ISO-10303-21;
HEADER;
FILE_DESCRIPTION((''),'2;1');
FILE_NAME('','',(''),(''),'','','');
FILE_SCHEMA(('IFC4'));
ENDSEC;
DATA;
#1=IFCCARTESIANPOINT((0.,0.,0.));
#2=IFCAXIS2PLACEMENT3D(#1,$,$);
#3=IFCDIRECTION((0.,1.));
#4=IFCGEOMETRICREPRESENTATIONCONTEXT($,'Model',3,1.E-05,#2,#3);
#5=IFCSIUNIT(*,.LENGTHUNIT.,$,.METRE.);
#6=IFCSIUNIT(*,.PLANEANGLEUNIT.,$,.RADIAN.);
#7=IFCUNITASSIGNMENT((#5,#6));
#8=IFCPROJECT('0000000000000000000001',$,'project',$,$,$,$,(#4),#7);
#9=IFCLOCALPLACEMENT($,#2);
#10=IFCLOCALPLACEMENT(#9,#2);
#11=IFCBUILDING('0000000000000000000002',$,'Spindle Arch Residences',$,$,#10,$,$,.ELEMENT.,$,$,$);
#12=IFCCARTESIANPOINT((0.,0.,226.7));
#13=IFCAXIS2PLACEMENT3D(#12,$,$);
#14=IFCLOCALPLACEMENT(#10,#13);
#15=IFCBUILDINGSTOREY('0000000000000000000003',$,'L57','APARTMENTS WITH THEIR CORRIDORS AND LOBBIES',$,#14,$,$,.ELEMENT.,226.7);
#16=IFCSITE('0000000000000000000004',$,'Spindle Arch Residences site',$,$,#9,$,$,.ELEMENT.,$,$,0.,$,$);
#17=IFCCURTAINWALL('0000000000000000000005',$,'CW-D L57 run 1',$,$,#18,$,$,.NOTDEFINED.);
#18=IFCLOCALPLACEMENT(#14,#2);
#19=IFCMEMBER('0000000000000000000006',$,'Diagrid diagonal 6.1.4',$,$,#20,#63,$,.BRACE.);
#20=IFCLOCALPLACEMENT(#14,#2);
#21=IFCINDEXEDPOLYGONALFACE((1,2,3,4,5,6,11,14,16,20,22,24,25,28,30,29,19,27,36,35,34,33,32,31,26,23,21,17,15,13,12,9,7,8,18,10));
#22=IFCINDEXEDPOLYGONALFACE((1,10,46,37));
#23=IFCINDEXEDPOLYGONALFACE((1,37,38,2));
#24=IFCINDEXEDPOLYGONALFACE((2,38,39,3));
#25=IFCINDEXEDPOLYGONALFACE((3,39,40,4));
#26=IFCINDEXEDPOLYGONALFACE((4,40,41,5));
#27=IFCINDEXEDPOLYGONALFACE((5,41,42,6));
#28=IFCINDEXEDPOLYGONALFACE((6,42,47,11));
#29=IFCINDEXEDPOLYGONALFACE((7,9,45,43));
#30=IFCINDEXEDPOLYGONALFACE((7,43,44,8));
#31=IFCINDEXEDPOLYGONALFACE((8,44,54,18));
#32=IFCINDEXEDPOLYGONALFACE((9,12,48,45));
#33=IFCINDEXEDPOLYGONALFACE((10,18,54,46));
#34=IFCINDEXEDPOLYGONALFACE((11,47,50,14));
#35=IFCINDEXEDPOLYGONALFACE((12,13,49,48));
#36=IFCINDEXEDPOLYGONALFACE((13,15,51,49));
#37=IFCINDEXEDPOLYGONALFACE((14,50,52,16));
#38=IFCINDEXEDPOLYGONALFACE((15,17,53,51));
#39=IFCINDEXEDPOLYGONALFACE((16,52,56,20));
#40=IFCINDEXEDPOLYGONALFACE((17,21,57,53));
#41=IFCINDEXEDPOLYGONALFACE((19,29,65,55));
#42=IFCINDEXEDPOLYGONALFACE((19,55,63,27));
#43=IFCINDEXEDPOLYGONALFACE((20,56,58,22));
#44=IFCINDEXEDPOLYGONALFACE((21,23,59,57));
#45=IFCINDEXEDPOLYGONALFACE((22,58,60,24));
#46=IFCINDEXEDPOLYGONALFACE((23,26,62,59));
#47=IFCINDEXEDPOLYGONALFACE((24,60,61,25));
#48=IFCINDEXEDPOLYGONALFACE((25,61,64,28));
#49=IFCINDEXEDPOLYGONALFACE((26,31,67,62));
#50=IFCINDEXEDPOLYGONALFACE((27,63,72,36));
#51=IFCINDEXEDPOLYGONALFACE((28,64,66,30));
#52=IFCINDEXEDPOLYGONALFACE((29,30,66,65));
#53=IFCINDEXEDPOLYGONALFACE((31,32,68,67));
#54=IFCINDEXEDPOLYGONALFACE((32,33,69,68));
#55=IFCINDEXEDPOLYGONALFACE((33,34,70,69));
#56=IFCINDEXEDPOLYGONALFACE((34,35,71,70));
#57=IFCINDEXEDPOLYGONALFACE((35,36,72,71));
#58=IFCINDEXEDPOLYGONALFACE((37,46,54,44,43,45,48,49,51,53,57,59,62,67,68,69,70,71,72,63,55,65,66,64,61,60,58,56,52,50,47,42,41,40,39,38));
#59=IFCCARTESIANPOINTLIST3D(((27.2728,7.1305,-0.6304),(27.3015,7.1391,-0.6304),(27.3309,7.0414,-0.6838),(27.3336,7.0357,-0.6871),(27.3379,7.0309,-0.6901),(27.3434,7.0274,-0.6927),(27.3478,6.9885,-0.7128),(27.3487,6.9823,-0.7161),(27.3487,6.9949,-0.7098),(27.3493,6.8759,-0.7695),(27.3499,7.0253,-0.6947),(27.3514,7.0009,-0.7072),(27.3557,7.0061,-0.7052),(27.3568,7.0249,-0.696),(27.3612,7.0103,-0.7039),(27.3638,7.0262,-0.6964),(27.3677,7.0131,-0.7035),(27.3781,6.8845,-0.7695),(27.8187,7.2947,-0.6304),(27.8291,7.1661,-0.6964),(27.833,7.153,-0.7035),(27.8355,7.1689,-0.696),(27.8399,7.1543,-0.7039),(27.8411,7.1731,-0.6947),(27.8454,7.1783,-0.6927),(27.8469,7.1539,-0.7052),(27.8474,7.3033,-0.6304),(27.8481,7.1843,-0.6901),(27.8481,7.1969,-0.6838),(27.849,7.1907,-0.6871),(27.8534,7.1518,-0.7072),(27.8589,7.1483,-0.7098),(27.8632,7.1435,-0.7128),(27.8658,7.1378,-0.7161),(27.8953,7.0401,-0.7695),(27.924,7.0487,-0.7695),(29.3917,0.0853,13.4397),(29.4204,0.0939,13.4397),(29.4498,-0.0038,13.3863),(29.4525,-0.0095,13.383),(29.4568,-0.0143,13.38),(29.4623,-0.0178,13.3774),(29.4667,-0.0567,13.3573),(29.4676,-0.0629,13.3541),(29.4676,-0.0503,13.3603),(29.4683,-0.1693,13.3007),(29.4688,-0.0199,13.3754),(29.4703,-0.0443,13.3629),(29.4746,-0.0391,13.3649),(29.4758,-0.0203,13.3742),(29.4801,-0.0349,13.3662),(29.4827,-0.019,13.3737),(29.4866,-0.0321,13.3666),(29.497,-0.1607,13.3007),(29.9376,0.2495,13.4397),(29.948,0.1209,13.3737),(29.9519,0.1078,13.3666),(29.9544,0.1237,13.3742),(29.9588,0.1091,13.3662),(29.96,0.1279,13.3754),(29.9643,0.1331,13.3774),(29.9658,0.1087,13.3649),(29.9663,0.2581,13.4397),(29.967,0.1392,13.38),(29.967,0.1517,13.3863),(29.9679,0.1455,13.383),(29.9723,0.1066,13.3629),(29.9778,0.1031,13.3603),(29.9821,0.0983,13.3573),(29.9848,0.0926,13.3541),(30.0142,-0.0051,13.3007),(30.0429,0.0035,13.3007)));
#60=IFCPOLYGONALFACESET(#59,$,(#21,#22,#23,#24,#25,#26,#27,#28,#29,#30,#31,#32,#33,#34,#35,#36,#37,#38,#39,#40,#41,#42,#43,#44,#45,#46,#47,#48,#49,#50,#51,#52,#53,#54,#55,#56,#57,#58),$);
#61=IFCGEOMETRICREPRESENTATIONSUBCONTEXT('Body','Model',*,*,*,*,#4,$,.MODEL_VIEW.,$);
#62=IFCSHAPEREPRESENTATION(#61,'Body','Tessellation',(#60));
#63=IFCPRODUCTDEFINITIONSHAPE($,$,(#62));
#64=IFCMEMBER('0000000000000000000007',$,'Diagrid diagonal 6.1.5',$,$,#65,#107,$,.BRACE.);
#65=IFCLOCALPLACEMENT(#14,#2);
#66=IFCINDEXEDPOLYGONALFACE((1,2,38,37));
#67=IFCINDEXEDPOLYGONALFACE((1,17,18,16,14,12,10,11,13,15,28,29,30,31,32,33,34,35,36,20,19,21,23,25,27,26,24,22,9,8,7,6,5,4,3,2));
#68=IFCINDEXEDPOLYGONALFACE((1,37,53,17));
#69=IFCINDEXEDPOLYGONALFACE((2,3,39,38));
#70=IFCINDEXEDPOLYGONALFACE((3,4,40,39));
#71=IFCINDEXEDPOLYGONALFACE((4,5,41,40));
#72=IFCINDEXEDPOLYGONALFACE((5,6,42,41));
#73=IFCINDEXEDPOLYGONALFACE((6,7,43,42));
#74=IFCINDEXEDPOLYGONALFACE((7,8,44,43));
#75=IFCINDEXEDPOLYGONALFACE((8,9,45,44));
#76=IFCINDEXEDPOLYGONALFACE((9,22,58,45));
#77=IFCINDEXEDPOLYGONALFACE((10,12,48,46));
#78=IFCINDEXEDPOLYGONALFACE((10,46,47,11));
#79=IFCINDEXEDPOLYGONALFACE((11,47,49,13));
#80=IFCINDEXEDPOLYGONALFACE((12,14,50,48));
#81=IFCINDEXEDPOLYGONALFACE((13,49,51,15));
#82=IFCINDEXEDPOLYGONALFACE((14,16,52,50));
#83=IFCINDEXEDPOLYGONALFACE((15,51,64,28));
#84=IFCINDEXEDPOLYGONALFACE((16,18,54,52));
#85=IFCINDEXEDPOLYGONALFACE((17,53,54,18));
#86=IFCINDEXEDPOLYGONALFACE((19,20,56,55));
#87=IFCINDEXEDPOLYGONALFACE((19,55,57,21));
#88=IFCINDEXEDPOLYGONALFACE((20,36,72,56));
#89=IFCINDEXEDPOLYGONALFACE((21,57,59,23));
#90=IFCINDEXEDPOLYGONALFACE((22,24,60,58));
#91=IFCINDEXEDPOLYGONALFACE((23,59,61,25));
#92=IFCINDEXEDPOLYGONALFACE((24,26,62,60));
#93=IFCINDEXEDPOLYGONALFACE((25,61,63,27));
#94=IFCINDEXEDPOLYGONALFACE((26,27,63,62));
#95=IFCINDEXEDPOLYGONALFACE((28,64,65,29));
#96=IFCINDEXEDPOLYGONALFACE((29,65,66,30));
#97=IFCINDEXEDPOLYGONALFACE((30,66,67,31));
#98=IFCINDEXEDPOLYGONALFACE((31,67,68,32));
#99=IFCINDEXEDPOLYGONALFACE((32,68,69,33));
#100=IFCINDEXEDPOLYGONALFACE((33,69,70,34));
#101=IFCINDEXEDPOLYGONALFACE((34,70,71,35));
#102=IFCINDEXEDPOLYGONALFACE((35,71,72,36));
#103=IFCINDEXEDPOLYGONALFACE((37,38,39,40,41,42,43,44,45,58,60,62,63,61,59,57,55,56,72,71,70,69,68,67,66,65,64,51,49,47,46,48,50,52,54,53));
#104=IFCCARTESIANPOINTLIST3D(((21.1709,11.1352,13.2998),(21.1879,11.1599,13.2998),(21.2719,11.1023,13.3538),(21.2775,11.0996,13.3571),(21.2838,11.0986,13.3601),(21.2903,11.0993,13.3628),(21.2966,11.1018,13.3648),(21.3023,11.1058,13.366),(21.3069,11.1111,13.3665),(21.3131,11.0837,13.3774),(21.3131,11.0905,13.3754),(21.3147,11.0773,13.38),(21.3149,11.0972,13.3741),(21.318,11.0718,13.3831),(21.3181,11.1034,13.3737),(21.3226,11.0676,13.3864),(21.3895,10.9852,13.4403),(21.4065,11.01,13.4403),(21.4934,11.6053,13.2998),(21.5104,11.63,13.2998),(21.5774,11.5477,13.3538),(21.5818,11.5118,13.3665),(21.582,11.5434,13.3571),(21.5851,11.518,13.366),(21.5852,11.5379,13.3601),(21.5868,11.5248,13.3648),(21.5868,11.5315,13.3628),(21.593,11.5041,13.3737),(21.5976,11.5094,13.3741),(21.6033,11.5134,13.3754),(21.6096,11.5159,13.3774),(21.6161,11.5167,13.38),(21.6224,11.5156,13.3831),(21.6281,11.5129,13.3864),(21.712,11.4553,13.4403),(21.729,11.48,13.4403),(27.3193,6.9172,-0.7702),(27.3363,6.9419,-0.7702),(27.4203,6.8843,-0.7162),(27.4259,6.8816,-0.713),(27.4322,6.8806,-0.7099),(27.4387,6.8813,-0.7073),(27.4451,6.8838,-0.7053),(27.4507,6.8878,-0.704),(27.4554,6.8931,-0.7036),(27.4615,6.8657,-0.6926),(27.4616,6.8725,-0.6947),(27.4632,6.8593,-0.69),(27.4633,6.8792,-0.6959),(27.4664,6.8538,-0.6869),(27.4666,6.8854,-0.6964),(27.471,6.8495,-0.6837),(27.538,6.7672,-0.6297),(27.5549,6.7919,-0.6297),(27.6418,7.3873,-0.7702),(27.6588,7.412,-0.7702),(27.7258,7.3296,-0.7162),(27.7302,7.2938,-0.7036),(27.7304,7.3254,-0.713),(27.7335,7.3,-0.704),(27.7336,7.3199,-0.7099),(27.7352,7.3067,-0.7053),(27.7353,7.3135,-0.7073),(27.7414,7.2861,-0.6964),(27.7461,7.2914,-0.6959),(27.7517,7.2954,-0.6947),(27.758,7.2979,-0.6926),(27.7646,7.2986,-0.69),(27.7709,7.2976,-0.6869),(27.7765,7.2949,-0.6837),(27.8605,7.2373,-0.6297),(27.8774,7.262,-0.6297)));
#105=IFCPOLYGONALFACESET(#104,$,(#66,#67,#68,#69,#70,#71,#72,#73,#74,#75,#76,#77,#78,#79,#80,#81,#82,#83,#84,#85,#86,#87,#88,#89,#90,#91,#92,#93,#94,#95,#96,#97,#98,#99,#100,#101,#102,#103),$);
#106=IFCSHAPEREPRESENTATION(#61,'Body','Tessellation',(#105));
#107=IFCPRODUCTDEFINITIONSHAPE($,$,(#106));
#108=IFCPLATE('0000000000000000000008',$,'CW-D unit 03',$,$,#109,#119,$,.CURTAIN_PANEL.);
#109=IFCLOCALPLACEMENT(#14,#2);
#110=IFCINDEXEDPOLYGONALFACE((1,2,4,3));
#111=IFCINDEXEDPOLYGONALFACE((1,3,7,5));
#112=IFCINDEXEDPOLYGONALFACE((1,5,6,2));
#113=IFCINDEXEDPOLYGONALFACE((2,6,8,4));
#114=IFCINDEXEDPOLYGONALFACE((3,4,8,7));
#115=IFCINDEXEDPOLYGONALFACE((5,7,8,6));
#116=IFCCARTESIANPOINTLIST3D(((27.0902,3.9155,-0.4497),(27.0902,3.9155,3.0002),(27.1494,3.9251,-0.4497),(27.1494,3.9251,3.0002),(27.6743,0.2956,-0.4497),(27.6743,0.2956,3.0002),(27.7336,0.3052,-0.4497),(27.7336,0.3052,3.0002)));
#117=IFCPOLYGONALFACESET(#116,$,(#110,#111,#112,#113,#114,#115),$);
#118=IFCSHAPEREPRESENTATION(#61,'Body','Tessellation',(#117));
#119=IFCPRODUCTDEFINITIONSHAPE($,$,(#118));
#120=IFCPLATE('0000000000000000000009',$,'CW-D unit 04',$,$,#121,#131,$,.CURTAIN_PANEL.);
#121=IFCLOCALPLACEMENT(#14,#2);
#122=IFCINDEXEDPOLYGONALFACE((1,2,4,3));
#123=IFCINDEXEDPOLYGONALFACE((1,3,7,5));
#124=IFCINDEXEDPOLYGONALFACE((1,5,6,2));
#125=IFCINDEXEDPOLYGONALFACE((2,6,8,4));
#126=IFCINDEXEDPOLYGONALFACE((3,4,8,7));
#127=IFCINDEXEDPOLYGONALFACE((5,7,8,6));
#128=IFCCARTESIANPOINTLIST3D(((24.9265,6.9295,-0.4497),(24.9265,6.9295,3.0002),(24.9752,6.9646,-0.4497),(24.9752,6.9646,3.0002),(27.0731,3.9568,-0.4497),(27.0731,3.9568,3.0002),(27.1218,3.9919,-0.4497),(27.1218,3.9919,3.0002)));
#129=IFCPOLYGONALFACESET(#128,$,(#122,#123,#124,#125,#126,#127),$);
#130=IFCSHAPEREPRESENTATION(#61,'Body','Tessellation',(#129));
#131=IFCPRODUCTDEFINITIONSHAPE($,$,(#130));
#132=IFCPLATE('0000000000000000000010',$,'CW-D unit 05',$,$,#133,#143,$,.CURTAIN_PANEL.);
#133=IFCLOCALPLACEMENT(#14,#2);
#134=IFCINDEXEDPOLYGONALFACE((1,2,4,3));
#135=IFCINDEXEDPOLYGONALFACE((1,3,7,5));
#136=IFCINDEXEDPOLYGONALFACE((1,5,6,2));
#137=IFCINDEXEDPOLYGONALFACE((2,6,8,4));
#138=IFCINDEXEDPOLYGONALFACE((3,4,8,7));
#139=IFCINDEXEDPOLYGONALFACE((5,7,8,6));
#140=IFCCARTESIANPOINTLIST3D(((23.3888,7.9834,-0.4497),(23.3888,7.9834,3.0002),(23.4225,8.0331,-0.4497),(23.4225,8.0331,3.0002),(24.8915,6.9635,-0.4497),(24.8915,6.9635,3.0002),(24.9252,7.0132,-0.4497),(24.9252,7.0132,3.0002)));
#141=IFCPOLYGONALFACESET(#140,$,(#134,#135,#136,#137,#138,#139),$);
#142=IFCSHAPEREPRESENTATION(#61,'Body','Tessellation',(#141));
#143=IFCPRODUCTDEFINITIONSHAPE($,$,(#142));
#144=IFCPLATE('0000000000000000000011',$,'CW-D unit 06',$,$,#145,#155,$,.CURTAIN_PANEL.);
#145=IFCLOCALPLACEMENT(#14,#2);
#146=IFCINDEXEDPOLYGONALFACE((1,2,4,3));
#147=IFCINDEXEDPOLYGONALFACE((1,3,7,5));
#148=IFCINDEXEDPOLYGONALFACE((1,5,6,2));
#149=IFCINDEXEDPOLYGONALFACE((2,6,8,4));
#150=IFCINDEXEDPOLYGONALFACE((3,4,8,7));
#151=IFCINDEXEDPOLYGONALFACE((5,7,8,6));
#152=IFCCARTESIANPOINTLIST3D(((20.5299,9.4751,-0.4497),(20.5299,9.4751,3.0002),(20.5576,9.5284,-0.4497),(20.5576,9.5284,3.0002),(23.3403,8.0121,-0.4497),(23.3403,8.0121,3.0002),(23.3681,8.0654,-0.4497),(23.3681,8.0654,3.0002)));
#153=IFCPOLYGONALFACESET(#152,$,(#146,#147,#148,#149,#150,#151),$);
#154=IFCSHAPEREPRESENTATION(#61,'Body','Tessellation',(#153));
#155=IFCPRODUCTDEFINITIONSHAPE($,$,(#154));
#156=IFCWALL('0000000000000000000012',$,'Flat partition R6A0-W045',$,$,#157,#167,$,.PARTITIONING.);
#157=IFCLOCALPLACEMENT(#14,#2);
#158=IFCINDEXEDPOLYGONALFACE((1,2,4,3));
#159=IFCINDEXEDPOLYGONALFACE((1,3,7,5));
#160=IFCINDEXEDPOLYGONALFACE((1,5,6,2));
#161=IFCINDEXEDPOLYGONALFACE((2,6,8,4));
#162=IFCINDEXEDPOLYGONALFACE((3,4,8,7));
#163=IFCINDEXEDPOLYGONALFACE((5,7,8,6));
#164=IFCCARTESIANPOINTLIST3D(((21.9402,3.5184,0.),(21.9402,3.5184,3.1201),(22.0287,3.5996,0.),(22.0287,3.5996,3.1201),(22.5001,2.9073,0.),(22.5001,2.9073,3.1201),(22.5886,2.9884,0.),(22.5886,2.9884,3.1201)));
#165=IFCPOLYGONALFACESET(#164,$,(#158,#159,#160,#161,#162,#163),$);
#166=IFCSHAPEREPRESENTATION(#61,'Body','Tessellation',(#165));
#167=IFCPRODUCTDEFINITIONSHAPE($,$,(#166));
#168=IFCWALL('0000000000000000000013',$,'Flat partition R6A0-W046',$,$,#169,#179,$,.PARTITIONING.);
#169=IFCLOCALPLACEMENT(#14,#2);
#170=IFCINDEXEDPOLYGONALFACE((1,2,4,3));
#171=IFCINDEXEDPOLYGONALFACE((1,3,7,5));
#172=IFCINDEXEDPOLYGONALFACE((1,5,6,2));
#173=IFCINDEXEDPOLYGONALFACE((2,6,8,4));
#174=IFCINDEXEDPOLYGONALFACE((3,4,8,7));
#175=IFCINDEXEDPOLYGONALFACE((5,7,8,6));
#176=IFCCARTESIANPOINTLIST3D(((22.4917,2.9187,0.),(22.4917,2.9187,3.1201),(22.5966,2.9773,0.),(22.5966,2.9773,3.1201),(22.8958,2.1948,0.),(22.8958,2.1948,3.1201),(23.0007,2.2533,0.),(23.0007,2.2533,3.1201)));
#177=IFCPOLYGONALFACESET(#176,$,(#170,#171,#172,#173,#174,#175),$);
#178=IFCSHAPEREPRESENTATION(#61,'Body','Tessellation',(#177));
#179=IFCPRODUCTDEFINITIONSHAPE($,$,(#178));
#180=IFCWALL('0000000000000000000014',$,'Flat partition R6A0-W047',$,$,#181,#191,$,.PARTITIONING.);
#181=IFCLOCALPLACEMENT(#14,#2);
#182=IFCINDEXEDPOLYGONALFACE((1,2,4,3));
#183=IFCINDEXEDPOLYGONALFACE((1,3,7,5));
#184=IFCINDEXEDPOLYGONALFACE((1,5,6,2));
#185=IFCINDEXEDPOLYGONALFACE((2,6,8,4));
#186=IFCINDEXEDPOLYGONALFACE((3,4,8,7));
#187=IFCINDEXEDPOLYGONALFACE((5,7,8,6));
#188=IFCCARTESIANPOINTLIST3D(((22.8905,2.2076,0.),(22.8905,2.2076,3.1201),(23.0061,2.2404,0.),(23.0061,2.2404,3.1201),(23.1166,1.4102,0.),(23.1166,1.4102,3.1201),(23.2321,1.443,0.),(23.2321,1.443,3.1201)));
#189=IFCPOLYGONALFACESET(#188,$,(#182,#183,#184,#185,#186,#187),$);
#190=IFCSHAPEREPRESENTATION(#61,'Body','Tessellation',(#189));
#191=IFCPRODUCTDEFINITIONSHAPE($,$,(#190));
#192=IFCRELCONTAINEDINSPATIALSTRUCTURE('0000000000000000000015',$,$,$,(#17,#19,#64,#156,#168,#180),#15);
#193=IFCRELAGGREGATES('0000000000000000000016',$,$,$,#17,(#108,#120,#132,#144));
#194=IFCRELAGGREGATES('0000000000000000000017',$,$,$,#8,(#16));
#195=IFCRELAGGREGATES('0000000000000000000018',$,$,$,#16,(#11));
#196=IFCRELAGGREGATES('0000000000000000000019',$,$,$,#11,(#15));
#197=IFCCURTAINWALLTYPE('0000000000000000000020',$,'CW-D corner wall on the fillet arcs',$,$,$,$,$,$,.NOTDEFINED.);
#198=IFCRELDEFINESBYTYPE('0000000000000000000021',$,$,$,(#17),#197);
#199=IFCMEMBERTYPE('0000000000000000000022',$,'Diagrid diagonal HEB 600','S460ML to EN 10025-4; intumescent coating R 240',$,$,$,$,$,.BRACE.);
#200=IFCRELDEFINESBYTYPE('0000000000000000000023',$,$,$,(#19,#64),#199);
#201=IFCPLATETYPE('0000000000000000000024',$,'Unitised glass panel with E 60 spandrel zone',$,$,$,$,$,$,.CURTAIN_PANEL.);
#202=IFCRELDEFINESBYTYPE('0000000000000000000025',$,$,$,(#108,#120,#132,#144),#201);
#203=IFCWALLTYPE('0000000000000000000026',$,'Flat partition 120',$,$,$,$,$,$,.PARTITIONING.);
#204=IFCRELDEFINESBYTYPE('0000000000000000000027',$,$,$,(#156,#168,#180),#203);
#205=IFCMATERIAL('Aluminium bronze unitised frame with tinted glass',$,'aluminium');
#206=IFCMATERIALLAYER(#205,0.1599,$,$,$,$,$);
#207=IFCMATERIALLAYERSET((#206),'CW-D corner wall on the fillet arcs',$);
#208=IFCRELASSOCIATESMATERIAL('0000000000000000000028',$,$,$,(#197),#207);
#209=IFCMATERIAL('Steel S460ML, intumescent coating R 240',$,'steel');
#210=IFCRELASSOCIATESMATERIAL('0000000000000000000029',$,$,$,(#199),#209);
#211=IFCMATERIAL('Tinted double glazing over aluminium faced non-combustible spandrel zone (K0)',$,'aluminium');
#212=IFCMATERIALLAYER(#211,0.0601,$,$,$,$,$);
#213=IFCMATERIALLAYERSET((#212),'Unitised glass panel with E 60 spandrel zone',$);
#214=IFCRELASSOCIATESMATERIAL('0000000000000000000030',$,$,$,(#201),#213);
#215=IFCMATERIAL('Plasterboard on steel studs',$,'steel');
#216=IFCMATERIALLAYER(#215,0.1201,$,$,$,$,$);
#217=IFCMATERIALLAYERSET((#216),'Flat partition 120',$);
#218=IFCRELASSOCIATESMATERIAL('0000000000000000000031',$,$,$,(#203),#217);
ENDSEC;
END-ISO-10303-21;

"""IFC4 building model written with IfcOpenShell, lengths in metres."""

from ifc_helpers import new_model, si_unit, direction, frame, frame_2d, origin, origin_2d, place, context, subcontext, project, spatial, rectangle, i_section, extrude, material, layer, layer_set, material_profile, profile_set, type_object, element, aggregate, save


model = new_model("IFC4")

# Units and contexts
model_context = context("Model", 3, precision=1e-05, world=origin(), true_north=direction((0.0, 1.0)))
body_context = subcontext(model_context, "Body", "Model", "MODEL_VIEW")
ifc_project = project(units=[si_unit("LENGTHUNIT", "METRE"), si_unit("PLANEANGLEUNIT", "RADIAN")], contexts=[model_context])

# Site, building, storey
site_placement = place(None, origin())
site = spatial("IfcSite", under=ifc_project, at=site_placement, Name="Spindle Arch Residences site", CompositionType="ELEMENT", RefElevation=0.0)
building_placement = place(site_placement, origin())
building = spatial("IfcBuilding", under=site, at=building_placement, Name="Spindle Arch Residences", CompositionType="ELEMENT")
storey_placement = place(building_placement, frame((0.0, 0.0, 226.7)))
storey = spatial("IfcBuildingStorey", under=building, at=storey_placement, Name="L57", Description="APARTMENTS WITH THEIR CORRIDORS AND LOBBIES", CompositionType="ELEMENT", Elevation=226.7)

# Curtain wall
ifc_material_1 = material(Name="Aluminium bronze unitised frame with tinted glass", Category="aluminium")
ifc_layer_1 = layer(ifc_material_1, 0.1599)
ifc_layer_set_1 = layer_set([ifc_layer_1], Name="CW-D corner wall on the fillet arcs")
curtain_wall_type = type_object("IfcCurtainWallType", Name="CW-D corner wall on the fillet arcs", PredefinedType="NOTDEFINED", material=ifc_layer_set_1)
curtain_wall_placement = place(storey_placement, origin())
curtain_wall = element("IfcCurtainWall", 1, at=curtain_wall_placement, inside=storey, type_object=curtain_wall_type, Name="CW-D L57 run 1", PredefinedType="NOTDEFINED")

# Members
ifc_material_2 = material(Name="Steel S460ML, intumescent coating R 240", Category="steel")
ifc_material_profile_1 = material_profile(ifc_material_2, i_section(OverallWidth=0.3, OverallDepth=0.6001, WebThickness=0.0154, FlangeThickness=0.03, FilletRadius=0.0271, at=origin_2d()), Name="HEB 600")
ifc_profile_set_1 = profile_set([ifc_material_profile_1], Name="Steel S460ML, intumescent coating R 240")
member_type_1 = type_object("IfcMemberType", Name="Diagrid diagonal HEB 600", Description="S460ML to EN 10025-4; intumescent coating R 240", PredefinedType="BRACE", material=ifc_profile_set_1)
member_1_placement = place(storey_placement, frame((27.5984, 7.0896, -0.7), z_axis=(0.133454, -0.443724, 0.886171), x_axis=(-0.25523, 0.848621, 0.463358)))
element("IfcMember", 2, at=member_1_placement, inside=storey, type_object=member_type_1, Name="Diagrid diagonal 6.1.4", PredefinedType="BRACE", context=body_context, shape_type="SweptSolid", body=[
    extrude(i_section(OverallWidth=0.3, OverallDepth=0.6001, WebThickness=0.0154, FlangeThickness=0.03, FilletRadius=0.0271, at=origin_2d()), origin(), (0.0, 0.0, 1.0), 15.8774),
])
member_2_placement = place(storey_placement, frame((27.5984, 7.0896, -0.7), z_axis=(-0.386121, 0.264891, 0.883597), x_axis=(0.72862, -0.499856, 0.468248)))
element("IfcMember", 3, at=member_2_placement, inside=storey, type_object=member_type_1, Name="Diagrid diagonal 6.1.5", PredefinedType="BRACE", context=body_context, shape_type="SweptSolid", body=[
    extrude(i_section(OverallWidth=0.3, OverallDepth=0.6001, WebThickness=0.0154, FlangeThickness=0.03, FilletRadius=0.0271, at=origin_2d()), origin(), (0.0, 0.0, 1.0), 15.9236),
])

# Plates
ifc_material_3 = material(Name="Tinted double glazing over aluminium faced non-combustible spandrel zone (K0)", Category="aluminium")
ifc_layer_2 = layer(ifc_material_3, 0.0601)
ifc_layer_set_2 = layer_set([ifc_layer_2], Name="Unitised glass panel with E 60 spandrel zone")
plate_type = type_object("IfcPlateType", Name="Unitised glass panel with E 60 spandrel zone", PredefinedType="CURTAIN_PANEL", material=ifc_layer_set_2)
plate_1_placement = place(storey_placement, frame((27.4119, 2.1104, -0.4497), z_axis=(0.0, 0.0, 1.0), x_axis=(-0.159307, 0.987229, 0.0)))
plate_1 = element("IfcPlate", 4, at=plate_1_placement, type_object=plate_type, Name="CW-D unit 03", PredefinedType="CURTAIN_PANEL", context=body_context, shape_type="SweptSolid", body=[
    extrude(rectangle(XDim=3.6667, YDim=0.0601, at=origin_2d()), origin(), (0.0, 0.0, 1.0), 3.45),
])
plate_2_placement = place(storey_placement, frame((26.0242, 5.4607, -0.4497), z_axis=(0.0, 0.0, 1.0), x_axis=(-0.585429, 0.810723, 0.0)))
plate_2 = element("IfcPlate", 5, at=plate_2_placement, type_object=plate_type, Name="CW-D unit 04", PredefinedType="CURTAIN_PANEL", context=body_context, shape_type="SweptSolid", body=[
    extrude(rectangle(XDim=3.6667, YDim=0.0601, at=origin_2d()), origin(), (0.0, 0.0, 1.0), 3.45),
])
plate_3_placement = place(storey_placement, frame((24.157, 7.4983, -0.4497), z_axis=(0.0, 0.0, 1.0), x_axis=(-0.827407, 0.561602, 0.0)))
plate_3 = element("IfcPlate", 6, at=plate_3_placement, type_object=plate_type, Name="CW-D unit 05", PredefinedType="CURTAIN_PANEL", context=body_context, shape_type="SweptSolid", body=[
    extrude(rectangle(XDim=1.8162, YDim=0.0601, at=origin_2d()), origin(), (0.0, 0.0, 1.0), 3.45),
])
plate_4_placement = place(storey_placement, frame((21.949, 8.7703, -0.4497), z_axis=(0.0, 0.0, 1.0), x_axis=(-0.887011, 0.461749, 0.0)))
plate_4 = element("IfcPlate", 7, at=plate_4_placement, type_object=plate_type, Name="CW-D unit 06", PredefinedType="CURTAIN_PANEL", context=body_context, shape_type="SweptSolid", body=[
    extrude(rectangle(XDim=3.1685, YDim=0.0601, at=origin_2d()), origin(), (0.0, 0.0, 1.0), 3.45),
])
aggregate(curtain_wall, [plate_1, plate_2, plate_3, plate_4])

# Walls
ifc_material_4 = material(Name="Plasterboard on steel studs", Category="steel")
ifc_layer_3 = layer(ifc_material_4, 0.1201)
ifc_layer_set_3 = layer_set([ifc_layer_3], Name="Flat partition 120")
wall_type = type_object("IfcWallType", Name="Flat partition 120", PredefinedType="PARTITIONING", material=ifc_layer_set_3)
wall_1_placement = place(storey_placement, frame((21.9844, 3.5591, 0.0), z_axis=(0.0, 0.0, 1.0), x_axis=(0.675498, -0.737362, 0.0)))
element("IfcWall", 8, at=wall_1_placement, inside=storey, type_object=wall_type, Name="Flat partition R6A0-W045", PredefinedType="PARTITIONING", context=body_context, shape_type="SweptSolid", body=[
    extrude(rectangle(XDim=0.8289, YDim=0.1201, at=frame_2d((0.4146, 0.0))), origin(), (0.0, 0.0, 1.0), 3.1201),
])
wall_2_placement = place(storey_placement, frame((22.5442, 2.948, 0.0), z_axis=(0.0, 0.0, 1.0), x_axis=(0.487392, -0.873183, 0.0)))
element("IfcWall", 9, at=wall_2_placement, inside=storey, type_object=wall_type, Name="Flat partition R6A0-W046", PredefinedType="PARTITIONING", context=body_context, shape_type="SweptSolid", body=[
    extrude(rectangle(XDim=0.8291, YDim=0.1201, at=frame_2d((0.4146, 0.0))), origin(), (0.0, 0.0, 1.0), 3.1201),
])
for number, where, z_axis, x_axis, name in (
    (10, (22.9482, 2.2241, 0.0), (0.0, 0.0, 1.0), (0.272775, -0.962078, 0.0), "Flat partition R6A0-W047"),
):
    element("IfcWall", number, at=place(storey_placement, frame(where, z_axis=z_axis, x_axis=x_axis)), inside=storey, type_object=wall_type, Name=name, PredefinedType="PARTITIONING", context=body_context, shape_type="SweptSolid", body=[
        extrude(rectangle(XDim=0.8289, YDim=0.1201, at=frame_2d((0.4146, 0.0))), origin(), (0.0, 0.0, 1.0), 3.1201),
    ])

save(model, "model.ifc")
